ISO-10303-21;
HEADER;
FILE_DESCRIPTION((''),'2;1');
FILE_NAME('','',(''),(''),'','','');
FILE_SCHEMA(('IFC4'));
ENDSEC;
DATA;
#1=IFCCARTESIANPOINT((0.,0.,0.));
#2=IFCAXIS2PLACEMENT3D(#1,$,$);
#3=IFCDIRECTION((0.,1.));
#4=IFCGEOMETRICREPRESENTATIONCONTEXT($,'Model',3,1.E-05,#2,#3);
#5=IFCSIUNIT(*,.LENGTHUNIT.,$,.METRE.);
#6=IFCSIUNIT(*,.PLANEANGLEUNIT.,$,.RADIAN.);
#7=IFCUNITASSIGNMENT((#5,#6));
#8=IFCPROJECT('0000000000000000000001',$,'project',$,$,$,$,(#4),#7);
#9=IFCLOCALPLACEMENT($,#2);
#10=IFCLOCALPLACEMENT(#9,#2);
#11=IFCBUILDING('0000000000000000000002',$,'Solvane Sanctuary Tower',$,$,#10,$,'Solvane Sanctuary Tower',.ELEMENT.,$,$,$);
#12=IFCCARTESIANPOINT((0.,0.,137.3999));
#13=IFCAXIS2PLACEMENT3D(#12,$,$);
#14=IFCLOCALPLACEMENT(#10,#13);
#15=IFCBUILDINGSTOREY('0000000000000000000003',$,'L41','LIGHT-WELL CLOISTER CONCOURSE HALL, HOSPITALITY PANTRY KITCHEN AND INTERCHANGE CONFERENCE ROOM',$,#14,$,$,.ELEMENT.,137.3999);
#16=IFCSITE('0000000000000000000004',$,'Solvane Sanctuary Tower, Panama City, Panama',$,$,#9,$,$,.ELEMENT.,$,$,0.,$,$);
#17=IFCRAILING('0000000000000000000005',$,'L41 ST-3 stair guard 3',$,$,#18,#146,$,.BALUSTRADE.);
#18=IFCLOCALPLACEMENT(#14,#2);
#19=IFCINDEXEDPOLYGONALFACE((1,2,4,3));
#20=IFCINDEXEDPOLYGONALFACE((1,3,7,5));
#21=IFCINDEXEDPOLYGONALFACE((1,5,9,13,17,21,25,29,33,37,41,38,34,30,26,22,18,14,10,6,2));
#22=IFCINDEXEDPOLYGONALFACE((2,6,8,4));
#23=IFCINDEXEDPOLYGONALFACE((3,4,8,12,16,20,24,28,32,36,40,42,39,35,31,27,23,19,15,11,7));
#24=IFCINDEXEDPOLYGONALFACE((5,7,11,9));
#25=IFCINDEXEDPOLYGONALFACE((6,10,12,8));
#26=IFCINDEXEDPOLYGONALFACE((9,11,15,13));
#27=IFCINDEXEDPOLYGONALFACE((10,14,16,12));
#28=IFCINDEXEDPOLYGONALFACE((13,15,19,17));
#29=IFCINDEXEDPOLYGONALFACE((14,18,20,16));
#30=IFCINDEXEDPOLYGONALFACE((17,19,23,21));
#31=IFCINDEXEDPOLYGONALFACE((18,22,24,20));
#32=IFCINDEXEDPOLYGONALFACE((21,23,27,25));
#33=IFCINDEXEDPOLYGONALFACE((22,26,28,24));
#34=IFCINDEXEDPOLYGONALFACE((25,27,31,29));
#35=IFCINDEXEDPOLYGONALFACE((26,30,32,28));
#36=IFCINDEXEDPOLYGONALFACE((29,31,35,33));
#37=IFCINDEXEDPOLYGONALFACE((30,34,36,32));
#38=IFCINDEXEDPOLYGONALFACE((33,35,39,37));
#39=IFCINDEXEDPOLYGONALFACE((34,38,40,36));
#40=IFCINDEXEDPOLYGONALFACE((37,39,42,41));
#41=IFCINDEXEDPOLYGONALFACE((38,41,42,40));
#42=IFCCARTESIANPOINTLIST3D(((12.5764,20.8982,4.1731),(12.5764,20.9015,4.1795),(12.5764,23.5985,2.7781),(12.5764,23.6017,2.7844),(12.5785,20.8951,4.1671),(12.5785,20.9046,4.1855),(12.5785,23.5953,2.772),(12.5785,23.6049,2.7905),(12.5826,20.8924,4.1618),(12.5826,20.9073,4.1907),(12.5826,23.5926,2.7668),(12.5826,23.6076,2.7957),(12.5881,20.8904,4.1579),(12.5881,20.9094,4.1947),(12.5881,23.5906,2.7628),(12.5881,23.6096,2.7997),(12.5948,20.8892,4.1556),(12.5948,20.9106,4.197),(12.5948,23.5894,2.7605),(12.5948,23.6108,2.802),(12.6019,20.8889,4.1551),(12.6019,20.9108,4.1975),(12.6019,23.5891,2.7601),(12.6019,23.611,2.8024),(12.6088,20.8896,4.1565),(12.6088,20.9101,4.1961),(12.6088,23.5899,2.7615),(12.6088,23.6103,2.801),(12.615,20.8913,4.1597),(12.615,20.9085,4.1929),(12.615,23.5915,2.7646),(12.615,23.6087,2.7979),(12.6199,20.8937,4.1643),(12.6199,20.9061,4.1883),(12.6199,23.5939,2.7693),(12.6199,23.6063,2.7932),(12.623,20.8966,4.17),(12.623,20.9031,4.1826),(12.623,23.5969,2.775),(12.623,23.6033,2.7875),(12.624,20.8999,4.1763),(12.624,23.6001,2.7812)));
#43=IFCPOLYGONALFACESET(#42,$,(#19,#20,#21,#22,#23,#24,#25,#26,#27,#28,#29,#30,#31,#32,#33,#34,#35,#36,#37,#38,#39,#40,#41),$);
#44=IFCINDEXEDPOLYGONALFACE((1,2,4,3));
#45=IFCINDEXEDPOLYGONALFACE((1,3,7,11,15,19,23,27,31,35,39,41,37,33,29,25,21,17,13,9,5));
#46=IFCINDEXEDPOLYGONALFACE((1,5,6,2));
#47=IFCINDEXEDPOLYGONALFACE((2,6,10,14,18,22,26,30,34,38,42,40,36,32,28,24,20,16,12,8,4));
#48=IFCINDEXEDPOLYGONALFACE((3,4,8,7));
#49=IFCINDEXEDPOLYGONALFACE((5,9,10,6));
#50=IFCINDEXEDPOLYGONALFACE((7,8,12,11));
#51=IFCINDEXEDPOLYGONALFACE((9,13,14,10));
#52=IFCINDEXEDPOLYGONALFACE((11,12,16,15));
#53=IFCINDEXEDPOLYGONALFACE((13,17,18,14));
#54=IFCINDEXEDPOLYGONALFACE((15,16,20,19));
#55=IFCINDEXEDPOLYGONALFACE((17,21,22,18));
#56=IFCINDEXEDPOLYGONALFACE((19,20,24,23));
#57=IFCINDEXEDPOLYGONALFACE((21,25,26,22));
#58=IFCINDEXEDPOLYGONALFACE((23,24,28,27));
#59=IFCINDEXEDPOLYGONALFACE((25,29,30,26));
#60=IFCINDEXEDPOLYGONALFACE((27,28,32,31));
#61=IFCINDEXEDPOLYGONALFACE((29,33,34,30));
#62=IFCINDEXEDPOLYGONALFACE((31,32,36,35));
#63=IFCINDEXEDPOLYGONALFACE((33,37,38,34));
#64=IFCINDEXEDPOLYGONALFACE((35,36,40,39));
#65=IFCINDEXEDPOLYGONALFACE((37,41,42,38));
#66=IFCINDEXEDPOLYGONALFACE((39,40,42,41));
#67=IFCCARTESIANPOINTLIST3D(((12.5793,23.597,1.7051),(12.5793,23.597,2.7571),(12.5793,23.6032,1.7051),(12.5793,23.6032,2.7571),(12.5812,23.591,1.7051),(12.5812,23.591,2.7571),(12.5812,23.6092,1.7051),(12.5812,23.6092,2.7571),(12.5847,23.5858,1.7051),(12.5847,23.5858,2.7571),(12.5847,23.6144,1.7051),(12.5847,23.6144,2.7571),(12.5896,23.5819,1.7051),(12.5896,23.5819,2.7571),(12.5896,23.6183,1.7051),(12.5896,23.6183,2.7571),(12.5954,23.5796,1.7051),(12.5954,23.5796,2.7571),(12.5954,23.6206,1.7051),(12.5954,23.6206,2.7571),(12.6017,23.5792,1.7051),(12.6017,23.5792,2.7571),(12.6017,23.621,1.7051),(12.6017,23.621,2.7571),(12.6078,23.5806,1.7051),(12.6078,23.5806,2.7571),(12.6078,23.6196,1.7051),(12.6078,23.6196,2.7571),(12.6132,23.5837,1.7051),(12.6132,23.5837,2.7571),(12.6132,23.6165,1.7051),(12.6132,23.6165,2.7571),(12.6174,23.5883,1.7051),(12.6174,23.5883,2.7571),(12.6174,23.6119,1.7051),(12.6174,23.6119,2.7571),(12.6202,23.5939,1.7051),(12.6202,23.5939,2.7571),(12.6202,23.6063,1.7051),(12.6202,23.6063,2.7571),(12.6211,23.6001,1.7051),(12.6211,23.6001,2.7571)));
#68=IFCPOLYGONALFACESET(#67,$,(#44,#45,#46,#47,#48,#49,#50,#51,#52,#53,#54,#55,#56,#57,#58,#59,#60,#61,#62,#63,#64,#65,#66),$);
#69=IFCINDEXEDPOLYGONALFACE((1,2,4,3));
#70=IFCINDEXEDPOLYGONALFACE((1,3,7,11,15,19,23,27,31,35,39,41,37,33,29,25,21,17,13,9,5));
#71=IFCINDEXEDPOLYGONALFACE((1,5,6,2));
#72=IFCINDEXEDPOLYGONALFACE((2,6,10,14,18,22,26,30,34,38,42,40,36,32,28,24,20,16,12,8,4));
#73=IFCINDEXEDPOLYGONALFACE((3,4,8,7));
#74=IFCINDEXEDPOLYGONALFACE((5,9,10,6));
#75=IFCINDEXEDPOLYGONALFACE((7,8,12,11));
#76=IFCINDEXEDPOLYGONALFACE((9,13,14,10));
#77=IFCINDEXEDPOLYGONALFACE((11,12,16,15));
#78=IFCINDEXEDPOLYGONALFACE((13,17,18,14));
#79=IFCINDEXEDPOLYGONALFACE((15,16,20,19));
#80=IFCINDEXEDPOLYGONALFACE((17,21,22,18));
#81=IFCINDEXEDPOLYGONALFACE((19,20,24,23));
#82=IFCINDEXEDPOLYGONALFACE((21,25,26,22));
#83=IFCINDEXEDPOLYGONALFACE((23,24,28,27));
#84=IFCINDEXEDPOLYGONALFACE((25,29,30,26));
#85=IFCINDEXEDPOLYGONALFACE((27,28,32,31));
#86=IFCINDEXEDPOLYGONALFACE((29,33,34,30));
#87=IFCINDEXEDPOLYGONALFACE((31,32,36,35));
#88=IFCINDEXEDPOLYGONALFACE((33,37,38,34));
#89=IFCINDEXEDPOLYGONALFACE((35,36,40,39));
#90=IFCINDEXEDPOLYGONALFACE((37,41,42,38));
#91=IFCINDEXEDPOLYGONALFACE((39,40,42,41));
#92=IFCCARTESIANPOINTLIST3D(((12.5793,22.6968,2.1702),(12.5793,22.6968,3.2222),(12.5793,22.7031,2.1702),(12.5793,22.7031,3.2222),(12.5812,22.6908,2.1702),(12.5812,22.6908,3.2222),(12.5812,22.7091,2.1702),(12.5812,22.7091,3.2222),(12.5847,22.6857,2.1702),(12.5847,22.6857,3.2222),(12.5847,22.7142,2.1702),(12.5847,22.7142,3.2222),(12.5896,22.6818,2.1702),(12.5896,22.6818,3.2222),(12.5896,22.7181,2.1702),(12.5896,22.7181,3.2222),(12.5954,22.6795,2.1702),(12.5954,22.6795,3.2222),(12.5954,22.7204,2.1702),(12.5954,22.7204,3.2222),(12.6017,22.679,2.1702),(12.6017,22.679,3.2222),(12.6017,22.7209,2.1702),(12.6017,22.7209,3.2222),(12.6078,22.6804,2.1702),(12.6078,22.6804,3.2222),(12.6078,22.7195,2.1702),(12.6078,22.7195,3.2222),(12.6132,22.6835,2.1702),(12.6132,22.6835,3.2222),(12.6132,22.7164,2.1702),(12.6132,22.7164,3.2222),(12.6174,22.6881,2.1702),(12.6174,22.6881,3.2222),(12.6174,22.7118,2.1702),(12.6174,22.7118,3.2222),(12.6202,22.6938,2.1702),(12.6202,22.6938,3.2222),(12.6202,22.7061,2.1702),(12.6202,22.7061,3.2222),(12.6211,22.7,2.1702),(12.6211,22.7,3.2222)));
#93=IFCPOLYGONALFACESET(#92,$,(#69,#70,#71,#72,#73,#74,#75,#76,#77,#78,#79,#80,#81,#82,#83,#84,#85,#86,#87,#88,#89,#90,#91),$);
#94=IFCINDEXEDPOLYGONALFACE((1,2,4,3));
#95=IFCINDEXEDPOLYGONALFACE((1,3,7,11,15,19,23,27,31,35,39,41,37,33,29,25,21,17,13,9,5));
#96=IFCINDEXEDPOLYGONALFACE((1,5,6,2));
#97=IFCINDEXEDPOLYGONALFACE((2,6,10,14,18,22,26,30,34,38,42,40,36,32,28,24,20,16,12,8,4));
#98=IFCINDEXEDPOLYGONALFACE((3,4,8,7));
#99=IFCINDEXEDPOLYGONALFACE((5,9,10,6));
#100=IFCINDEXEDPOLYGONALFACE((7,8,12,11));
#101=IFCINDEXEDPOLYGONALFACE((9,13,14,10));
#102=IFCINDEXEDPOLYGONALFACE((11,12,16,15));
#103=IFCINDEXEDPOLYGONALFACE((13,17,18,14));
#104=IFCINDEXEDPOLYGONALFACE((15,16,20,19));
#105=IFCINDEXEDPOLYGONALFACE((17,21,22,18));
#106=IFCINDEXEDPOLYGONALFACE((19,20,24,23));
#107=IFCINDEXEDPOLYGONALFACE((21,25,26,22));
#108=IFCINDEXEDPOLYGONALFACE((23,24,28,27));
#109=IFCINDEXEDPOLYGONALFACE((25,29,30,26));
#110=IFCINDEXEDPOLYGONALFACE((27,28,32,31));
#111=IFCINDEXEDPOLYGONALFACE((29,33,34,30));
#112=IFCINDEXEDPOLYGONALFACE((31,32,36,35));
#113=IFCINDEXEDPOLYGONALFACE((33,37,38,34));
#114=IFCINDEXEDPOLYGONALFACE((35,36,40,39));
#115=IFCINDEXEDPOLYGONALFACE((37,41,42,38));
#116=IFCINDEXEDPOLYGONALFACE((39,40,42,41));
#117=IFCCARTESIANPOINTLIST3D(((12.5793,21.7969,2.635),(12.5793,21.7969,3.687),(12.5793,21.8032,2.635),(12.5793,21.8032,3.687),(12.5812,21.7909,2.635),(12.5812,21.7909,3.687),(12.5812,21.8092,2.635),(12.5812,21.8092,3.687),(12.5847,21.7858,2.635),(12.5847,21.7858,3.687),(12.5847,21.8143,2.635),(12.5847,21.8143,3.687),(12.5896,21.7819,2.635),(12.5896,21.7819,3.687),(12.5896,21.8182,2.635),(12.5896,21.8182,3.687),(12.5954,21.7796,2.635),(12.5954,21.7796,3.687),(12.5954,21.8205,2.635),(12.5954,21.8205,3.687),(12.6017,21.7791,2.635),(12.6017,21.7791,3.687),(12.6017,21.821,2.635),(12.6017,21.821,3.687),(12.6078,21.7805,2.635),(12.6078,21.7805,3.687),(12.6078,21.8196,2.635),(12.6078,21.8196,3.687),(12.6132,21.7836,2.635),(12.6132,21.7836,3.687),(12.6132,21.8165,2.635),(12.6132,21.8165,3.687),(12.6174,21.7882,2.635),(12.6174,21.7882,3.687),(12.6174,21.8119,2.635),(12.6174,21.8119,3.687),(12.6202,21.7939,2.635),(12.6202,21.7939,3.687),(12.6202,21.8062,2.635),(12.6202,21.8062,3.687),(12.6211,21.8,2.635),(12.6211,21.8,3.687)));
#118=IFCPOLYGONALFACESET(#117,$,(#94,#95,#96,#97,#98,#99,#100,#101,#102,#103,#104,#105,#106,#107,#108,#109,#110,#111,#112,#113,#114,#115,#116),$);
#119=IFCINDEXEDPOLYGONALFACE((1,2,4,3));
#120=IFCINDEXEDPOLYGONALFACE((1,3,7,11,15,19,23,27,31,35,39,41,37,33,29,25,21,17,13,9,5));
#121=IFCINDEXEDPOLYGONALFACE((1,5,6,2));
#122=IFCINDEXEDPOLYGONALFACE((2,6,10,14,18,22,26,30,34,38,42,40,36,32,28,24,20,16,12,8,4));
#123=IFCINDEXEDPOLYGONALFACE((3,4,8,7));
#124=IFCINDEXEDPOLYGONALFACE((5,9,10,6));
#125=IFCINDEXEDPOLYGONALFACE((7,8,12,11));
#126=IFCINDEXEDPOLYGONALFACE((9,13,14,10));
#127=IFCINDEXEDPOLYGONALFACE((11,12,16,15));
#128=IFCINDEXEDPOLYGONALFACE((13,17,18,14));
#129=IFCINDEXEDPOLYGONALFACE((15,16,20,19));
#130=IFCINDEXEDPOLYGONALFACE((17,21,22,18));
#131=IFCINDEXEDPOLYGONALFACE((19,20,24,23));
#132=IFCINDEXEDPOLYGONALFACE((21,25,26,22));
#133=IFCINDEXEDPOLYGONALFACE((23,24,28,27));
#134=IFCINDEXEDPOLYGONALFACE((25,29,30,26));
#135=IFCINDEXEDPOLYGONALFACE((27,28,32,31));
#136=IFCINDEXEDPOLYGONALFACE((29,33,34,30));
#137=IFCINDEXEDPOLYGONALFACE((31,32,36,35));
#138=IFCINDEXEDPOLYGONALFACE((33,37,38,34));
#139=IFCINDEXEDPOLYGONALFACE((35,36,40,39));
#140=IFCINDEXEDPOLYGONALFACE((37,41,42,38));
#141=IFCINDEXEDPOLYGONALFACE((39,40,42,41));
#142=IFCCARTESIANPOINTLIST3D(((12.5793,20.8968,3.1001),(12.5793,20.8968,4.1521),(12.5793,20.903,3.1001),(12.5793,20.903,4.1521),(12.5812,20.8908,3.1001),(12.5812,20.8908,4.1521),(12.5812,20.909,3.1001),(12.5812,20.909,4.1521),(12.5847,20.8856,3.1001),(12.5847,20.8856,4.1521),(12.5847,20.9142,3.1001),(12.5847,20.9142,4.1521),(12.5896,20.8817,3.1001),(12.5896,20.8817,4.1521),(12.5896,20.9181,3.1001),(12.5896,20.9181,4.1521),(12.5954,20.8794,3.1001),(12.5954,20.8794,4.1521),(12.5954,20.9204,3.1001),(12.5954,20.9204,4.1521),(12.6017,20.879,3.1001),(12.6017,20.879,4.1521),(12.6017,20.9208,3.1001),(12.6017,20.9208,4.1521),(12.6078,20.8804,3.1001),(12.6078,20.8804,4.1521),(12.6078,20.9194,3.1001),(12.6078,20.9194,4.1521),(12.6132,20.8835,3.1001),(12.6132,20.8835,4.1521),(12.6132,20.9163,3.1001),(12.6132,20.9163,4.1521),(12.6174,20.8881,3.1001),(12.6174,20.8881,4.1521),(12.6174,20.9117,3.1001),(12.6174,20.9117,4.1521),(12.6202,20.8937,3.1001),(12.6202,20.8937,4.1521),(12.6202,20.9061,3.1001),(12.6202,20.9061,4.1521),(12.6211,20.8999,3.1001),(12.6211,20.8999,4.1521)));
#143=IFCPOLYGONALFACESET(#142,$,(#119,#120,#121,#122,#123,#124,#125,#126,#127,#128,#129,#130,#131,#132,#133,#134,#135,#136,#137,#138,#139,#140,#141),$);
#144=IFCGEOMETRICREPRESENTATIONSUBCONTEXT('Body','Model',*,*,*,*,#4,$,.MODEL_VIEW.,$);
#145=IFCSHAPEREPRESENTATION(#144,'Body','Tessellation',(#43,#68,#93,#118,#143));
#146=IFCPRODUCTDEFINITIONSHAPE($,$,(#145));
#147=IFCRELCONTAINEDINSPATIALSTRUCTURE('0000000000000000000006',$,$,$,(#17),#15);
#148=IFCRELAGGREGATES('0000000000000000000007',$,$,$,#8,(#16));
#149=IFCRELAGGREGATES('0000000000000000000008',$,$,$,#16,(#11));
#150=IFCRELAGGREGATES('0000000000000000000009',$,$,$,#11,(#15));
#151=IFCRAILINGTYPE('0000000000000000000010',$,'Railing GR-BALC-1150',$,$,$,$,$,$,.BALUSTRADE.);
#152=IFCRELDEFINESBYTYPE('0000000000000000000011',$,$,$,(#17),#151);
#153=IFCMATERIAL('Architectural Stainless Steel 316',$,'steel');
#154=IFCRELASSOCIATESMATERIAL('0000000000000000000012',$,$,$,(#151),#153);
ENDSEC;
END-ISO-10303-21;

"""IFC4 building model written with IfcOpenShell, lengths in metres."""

from ifc_helpers import new_model, si_unit, direction, frame, origin, origin_2d, place, context, subcontext, project, spatial, circle, extrude, material, type_object, element, save


model = new_model("IFC4")

# Units and contexts
model_context = context("Model", 3, precision=1e-05, world=origin(), true_north=direction((0.0, 1.0)))
body_context = subcontext(model_context, "Body", "Model", "MODEL_VIEW")
ifc_project = project(units=[si_unit("LENGTHUNIT", "METRE"), si_unit("PLANEANGLEUNIT", "RADIAN")], contexts=[model_context])

# Site, building, storey
site_placement = place(None, origin())
site = spatial("IfcSite", under=ifc_project, at=site_placement, Name="Solvane Sanctuary Tower, Panama City, Panama", CompositionType="ELEMENT", RefElevation=0.0)
building_placement = place(site_placement, origin())
building = spatial("IfcBuilding", under=site, at=building_placement, Name="Solvane Sanctuary Tower", LongName="Solvane Sanctuary Tower", CompositionType="ELEMENT")
storey_placement = place(building_placement, frame((0.0, 0.0, 137.3999)))
storey = spatial("IfcBuildingStorey", under=building, at=storey_placement, Name="L41", Description="LIGHT-WELL CLOISTER CONCOURSE HALL, HOSPITALITY PANTRY KITCHEN AND INTERCHANGE CONFERENCE ROOM", CompositionType="ELEMENT", Elevation=137.3999)

# Shared definitions
ifc_material_1 = material(Name="Architectural Stainless Steel 316", Category="steel")

# Railing
railing_type_1 = type_object("IfcRailingType", Name="Railing GR-BALC-1150", PredefinedType="BALUSTRADE", material=ifc_material_1)
railing_1_placement = place(storey_placement, frame((12.6001, 23.6001, 1.7051)))
element("IfcRailing", 1, at=railing_1_placement, inside=storey, type_object=railing_type_1, Name="L41 ST-3 stair guard 3", PredefinedType="BALUSTRADE", context=body_context, shape_type="SweptSolid", body=[
    extrude(circle(Radius=0.0239, at=origin_2d()), frame((0.0, 0.0, 1.0762), z_axis=(0.0, -0.888437, 0.458999), x_axis=(1.0, 0.0, 0.0)), (0.0, 0.0, 1.0), 3.0393),
    extrude(circle(Radius=0.021, at=origin_2d()), origin(), (0.0, 0.0, 1.0), 1.052),
    extrude(circle(Radius=0.021, at=origin_2d()), frame((0.0, -0.9001, 0.4651)), (0.0, 0.0, 1.0), 1.052),
    extrude(circle(Radius=0.021, at=origin_2d()), frame((0.0, -1.8, 0.9299)), (0.0, 0.0, 1.0), 1.052),
    extrude(circle(Radius=0.021, at=origin_2d()), frame((0.0, -2.7002, 1.395)), (0.0, 0.0, 1.0), 1.052),
])

save(model, "model.ifc")
